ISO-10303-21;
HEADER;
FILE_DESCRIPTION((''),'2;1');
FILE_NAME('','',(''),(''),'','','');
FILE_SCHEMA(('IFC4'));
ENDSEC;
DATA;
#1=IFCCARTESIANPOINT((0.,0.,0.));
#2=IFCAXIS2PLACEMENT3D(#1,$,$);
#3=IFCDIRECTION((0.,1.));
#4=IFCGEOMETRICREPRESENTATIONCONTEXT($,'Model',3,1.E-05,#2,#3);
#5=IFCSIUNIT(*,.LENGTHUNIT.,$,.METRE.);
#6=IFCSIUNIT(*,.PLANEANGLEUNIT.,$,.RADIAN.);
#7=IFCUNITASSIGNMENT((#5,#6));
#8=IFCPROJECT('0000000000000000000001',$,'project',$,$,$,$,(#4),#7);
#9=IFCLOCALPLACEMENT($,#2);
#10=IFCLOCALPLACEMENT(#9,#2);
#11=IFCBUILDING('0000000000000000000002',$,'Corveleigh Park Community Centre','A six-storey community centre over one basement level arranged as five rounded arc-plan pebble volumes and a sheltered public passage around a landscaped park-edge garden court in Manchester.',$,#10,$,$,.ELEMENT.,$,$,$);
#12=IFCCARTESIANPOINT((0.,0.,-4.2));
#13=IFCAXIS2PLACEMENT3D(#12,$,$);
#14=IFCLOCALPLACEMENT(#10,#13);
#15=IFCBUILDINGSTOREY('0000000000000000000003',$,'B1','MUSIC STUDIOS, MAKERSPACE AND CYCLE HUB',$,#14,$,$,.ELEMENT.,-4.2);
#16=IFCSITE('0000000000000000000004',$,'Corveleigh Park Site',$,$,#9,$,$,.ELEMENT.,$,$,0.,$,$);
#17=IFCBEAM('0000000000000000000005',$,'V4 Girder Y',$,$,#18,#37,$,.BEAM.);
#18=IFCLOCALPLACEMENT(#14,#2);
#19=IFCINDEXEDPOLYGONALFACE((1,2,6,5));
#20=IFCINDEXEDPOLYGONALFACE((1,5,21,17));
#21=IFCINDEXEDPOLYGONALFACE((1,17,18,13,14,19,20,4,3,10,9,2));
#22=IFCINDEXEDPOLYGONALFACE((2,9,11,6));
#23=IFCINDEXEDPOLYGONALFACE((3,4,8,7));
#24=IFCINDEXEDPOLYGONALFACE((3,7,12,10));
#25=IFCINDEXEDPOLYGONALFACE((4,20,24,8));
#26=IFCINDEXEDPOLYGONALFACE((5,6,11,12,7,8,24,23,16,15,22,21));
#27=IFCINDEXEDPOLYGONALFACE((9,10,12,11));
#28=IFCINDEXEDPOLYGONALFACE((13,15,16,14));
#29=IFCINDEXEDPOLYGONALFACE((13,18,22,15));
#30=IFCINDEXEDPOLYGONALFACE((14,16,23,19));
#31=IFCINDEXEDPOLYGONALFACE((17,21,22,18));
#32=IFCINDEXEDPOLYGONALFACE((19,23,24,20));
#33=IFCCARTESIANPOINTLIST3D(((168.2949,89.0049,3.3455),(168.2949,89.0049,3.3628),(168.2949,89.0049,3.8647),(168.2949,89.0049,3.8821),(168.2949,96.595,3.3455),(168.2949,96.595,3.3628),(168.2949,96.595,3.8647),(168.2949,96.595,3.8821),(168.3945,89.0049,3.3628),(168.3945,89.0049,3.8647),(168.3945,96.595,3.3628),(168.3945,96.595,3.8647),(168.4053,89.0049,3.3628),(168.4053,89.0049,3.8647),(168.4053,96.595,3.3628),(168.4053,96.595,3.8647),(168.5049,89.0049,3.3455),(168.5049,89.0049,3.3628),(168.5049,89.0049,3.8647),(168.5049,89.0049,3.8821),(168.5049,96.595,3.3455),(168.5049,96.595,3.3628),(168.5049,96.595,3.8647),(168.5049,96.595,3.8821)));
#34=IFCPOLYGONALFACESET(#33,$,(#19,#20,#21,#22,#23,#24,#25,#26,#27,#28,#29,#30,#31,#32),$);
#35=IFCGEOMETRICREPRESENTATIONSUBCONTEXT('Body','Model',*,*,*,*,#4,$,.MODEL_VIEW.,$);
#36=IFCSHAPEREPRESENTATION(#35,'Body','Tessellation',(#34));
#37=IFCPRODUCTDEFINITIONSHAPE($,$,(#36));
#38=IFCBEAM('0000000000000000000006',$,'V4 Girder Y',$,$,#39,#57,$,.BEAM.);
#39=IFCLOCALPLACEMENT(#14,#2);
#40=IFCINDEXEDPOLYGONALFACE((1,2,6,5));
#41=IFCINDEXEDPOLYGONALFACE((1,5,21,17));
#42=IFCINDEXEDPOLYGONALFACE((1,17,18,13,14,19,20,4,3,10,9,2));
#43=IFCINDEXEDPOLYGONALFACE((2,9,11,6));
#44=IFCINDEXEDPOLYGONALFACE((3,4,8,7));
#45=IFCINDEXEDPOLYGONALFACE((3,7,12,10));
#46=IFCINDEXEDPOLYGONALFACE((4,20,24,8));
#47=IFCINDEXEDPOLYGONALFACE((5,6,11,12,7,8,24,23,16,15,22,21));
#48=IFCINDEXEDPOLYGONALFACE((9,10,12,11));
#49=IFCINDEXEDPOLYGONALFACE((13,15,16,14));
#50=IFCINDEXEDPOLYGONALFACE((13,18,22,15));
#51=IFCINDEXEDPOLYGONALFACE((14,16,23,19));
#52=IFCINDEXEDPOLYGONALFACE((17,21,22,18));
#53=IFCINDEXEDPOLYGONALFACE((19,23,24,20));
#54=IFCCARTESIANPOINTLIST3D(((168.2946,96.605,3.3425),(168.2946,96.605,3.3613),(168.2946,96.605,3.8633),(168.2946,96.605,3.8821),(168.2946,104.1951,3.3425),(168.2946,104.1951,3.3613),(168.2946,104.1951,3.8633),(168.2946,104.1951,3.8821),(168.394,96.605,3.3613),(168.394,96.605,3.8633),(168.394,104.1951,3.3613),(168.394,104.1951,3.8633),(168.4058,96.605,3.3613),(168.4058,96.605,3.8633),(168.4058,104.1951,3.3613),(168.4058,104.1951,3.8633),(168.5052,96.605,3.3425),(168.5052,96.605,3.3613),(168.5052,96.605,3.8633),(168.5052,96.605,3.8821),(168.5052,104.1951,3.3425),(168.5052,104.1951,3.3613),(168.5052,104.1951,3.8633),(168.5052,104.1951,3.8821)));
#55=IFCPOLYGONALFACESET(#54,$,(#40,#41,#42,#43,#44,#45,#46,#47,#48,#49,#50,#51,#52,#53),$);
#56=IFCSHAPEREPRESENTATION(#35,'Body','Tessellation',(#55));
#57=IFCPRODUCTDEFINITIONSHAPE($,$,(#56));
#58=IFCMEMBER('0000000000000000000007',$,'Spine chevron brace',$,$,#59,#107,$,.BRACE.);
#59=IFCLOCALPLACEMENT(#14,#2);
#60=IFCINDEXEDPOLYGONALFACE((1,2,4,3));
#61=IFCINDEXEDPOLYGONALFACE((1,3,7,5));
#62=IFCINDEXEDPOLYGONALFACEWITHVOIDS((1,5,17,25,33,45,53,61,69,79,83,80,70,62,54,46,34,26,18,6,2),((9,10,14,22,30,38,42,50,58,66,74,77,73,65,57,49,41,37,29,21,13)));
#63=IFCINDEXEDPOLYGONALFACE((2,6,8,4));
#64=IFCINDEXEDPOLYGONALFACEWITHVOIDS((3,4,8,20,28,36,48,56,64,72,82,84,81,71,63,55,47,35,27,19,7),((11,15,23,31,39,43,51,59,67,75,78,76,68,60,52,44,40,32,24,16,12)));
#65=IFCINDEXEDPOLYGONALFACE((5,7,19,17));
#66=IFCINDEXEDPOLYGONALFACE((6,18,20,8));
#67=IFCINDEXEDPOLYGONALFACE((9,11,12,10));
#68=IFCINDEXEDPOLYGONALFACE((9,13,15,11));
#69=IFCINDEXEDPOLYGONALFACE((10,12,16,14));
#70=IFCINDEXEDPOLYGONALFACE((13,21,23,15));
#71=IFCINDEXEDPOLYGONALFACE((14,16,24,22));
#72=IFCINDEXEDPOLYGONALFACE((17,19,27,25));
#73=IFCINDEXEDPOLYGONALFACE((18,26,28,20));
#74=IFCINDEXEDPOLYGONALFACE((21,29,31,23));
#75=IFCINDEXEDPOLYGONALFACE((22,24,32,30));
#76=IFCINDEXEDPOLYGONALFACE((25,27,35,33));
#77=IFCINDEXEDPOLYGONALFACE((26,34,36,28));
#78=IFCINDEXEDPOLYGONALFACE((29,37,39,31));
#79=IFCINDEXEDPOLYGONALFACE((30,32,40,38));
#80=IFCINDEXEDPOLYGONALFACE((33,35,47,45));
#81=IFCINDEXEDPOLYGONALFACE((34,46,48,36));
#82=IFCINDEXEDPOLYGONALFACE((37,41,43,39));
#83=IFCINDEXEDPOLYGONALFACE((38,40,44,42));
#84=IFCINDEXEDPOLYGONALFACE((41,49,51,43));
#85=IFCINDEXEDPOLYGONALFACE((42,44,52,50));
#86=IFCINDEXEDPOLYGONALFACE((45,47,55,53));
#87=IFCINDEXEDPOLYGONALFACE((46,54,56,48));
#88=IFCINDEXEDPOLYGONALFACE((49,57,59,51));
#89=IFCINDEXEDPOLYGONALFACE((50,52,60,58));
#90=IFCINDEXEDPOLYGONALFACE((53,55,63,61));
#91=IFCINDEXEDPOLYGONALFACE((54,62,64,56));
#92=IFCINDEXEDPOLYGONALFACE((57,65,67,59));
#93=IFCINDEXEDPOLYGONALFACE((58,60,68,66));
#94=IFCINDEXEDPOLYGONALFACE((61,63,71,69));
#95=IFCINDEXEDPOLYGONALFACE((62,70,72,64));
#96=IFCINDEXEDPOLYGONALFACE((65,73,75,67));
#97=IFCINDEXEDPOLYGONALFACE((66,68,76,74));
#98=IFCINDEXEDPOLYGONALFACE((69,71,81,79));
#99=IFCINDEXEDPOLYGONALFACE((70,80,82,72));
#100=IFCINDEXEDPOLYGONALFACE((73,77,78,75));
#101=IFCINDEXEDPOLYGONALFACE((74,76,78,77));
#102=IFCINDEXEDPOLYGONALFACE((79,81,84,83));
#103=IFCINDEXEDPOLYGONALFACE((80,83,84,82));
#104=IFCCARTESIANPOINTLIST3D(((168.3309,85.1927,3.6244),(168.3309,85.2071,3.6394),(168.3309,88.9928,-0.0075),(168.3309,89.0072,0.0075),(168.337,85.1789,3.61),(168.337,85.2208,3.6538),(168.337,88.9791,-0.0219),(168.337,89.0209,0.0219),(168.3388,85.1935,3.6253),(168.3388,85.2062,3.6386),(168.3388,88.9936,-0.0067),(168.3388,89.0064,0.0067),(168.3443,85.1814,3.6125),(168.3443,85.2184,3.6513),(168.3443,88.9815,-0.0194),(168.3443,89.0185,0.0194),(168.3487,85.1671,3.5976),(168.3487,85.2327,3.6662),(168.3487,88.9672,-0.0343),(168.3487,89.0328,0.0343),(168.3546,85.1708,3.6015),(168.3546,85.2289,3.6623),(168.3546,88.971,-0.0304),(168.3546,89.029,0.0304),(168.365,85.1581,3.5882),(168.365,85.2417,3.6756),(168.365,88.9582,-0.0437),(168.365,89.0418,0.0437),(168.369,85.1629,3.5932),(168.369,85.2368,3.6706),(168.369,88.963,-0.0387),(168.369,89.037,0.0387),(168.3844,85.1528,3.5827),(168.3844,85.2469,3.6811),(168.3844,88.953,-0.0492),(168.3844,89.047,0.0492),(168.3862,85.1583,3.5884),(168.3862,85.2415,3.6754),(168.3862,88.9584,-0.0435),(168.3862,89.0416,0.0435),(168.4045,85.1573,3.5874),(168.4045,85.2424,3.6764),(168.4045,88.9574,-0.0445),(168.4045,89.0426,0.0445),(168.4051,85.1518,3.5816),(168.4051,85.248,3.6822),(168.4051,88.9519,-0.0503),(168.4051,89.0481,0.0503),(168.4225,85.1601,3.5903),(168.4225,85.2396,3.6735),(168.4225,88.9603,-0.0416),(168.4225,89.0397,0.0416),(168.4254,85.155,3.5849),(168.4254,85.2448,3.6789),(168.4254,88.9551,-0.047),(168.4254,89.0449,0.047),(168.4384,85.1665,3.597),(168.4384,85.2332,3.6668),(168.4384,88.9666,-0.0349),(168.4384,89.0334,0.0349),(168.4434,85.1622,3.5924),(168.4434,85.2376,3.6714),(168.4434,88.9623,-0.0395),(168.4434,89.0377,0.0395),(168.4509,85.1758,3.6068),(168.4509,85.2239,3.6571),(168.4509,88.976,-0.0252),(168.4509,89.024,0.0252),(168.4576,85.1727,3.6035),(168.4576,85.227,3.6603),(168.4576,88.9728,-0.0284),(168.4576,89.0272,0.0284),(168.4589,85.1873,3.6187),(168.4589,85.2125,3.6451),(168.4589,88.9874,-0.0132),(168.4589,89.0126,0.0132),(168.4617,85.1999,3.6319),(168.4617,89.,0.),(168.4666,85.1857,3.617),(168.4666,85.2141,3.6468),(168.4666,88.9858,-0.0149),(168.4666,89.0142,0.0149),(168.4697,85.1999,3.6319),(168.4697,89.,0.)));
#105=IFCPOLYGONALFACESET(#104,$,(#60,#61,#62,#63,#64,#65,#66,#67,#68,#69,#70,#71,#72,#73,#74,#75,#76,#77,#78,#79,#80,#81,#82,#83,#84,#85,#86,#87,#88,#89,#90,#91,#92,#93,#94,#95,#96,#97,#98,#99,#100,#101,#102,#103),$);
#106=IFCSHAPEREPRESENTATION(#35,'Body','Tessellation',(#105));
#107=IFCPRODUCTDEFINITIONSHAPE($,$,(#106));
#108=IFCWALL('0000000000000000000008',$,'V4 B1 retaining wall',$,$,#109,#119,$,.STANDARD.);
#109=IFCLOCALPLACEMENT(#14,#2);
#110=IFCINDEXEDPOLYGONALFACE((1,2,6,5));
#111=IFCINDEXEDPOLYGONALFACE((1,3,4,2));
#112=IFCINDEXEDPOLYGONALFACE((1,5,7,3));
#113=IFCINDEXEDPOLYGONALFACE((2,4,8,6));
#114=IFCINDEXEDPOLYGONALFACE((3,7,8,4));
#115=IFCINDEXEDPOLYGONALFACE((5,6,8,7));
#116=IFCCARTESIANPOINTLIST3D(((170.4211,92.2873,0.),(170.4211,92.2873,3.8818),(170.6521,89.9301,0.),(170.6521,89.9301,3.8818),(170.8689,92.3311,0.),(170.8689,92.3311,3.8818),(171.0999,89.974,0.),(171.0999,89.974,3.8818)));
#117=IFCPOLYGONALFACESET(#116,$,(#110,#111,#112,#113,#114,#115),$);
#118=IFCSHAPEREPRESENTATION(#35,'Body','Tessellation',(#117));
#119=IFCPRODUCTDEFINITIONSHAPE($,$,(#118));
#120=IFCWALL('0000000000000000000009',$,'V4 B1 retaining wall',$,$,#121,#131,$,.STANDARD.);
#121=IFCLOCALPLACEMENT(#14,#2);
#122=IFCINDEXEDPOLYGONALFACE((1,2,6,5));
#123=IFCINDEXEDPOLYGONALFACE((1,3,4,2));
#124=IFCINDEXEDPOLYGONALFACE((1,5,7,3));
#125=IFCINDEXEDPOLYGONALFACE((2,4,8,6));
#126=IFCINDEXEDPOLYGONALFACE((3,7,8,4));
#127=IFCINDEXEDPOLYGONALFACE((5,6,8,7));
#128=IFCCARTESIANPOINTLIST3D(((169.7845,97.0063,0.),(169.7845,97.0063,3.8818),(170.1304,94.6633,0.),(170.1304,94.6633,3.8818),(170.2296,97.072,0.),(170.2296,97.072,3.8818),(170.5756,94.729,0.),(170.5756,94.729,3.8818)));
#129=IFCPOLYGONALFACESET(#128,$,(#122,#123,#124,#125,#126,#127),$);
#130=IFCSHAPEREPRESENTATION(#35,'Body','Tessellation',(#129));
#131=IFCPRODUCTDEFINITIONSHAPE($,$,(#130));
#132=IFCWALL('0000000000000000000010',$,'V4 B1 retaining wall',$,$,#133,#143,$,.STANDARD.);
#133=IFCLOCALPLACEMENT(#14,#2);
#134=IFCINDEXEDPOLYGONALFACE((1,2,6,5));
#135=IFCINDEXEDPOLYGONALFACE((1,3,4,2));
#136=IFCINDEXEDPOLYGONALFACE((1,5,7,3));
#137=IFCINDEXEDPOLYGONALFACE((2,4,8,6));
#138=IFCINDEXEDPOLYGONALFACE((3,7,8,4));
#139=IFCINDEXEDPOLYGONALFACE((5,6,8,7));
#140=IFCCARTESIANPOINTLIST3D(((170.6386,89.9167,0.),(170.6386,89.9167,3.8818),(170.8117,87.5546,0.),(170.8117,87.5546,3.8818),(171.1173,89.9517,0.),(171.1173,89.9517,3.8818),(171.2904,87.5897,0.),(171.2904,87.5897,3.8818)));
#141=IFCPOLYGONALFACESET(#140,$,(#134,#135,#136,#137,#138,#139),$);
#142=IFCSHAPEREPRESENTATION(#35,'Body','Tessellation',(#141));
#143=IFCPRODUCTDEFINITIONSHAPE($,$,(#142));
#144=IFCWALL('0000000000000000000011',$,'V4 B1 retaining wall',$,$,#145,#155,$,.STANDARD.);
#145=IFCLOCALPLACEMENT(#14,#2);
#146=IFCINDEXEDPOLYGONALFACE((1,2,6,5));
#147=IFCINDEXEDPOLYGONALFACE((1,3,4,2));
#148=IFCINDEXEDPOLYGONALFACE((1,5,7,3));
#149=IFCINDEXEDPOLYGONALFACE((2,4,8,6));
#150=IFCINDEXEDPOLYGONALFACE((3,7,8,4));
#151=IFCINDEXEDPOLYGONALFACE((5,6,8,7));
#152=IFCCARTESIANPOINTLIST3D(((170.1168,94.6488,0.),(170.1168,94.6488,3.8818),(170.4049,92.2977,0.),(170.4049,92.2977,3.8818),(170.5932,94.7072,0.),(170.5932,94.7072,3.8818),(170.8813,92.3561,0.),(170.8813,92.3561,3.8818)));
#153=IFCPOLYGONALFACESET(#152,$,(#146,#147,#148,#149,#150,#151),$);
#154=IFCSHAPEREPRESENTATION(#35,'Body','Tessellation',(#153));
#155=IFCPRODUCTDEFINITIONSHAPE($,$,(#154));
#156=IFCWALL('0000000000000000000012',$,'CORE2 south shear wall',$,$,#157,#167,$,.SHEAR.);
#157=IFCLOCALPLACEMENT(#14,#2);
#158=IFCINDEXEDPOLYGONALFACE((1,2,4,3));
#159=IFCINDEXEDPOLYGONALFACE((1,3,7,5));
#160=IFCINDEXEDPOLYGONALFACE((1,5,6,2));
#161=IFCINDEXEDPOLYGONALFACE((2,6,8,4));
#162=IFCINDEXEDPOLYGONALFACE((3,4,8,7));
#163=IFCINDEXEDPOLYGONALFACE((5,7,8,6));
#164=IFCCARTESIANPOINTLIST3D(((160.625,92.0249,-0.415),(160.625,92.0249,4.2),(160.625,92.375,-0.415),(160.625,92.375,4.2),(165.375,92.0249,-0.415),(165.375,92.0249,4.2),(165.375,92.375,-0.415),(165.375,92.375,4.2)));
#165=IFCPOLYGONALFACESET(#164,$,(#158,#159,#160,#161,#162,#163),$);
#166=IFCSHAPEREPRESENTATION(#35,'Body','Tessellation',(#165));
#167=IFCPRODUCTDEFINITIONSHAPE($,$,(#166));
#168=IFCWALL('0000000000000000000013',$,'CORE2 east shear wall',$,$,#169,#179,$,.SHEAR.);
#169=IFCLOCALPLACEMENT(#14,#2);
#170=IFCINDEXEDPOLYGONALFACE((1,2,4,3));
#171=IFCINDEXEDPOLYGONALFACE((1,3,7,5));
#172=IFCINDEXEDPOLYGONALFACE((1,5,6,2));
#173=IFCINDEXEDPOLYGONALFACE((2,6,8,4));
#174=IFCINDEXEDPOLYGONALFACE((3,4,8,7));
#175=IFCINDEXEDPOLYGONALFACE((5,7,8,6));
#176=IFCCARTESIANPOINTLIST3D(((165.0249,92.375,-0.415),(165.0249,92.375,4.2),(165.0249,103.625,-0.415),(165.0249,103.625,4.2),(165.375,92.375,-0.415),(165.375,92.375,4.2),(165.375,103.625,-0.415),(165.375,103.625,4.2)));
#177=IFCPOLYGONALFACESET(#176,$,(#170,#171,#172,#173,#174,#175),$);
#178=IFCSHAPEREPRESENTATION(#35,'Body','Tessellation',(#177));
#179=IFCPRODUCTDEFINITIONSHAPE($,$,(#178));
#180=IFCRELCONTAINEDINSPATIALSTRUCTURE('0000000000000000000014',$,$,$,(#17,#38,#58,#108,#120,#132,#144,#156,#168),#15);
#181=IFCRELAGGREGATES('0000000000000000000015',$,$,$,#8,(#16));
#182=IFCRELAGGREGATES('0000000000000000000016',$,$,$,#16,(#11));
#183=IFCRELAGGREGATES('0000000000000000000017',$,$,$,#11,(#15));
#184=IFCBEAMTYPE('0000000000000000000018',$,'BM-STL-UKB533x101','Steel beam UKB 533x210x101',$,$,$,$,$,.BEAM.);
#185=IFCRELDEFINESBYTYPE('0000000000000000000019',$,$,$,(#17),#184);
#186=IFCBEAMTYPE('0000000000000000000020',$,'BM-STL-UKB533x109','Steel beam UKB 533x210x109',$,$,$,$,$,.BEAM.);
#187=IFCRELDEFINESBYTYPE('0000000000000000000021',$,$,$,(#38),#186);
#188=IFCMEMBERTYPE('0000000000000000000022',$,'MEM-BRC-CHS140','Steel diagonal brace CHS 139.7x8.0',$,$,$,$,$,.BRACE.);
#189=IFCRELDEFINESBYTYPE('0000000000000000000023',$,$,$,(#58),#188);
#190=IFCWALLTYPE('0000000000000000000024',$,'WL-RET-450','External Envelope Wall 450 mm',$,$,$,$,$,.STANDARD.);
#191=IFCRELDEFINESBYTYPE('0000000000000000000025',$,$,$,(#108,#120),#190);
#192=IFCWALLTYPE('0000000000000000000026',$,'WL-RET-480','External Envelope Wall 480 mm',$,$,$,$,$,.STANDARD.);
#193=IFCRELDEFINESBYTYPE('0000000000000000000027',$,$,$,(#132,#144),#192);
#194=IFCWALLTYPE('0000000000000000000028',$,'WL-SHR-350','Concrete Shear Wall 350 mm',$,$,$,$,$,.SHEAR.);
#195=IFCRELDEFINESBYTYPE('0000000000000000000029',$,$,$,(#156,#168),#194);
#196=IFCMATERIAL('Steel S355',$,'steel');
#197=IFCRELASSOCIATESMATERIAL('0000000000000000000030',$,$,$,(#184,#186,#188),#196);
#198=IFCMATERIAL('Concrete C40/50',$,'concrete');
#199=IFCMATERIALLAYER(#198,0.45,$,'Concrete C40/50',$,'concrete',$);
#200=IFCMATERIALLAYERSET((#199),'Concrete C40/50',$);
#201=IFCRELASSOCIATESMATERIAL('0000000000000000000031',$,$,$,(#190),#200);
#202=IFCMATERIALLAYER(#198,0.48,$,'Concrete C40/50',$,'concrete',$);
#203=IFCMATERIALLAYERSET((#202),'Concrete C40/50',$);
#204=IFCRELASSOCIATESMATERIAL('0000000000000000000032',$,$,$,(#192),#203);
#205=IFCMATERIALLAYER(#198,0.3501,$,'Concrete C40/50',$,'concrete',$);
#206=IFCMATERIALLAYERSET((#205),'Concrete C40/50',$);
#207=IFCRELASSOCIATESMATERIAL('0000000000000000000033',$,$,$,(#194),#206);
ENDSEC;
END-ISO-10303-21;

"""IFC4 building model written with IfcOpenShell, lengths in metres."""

from ifc_helpers import new_model, si_unit, direction, frame, frame_2d, origin, origin_2d, place, context, subcontext, project, spatial, rectangle, hollow_circle, i_section, extrude, material, layer, layer_set, material_profile, profile_set, type_object, element, save


model = new_model("IFC4")

# Units and contexts
model_context = context("Model", 3, precision=1e-05, world=origin(), true_north=direction((0.0, 1.0)))
body_context = subcontext(model_context, "Body", "Model", "MODEL_VIEW")
ifc_project = project(units=[si_unit("LENGTHUNIT", "METRE"), si_unit("PLANEANGLEUNIT", "RADIAN")], contexts=[model_context])

# Site, building, storey
site_placement = place(None, origin())
site = spatial("IfcSite", under=ifc_project, at=site_placement, Name="Corveleigh Park Site", CompositionType="ELEMENT", RefElevation=0.0)
building_placement = place(site_placement, origin())
building = spatial("IfcBuilding", under=site, at=building_placement, Name="Corveleigh Park Community Centre", Description="A six-storey community centre over one basement level arranged as five rounded arc-plan pebble volumes and a sheltered public passage around a landscaped park-edge garden court in Manchester.", CompositionType="ELEMENT")
storey_placement = place(building_placement, frame((0.0, 0.0, -4.2)))
storey = spatial("IfcBuildingStorey", under=building, at=storey_placement, Name="B1", Description="MUSIC STUDIOS, MAKERSPACE AND CYCLE HUB", CompositionType="ELEMENT", Elevation=-4.2)

# Shared definitions
ifc_material_1 = material(Name="Concrete C40/50", Category="concrete")

# Shared definitions
ifc_material_2 = material(Name="Steel S355", Category="steel")

# Beams
ifc_material_profile_1 = material_profile(ifc_material_2, i_section(OverallWidth=0.21, OverallDepth=0.5366, WebThickness=0.0107, FlangeThickness=0.0173, at=origin_2d()), Name="UKB 533x210x101", Category="steel")
ifc_profile_set_1 = profile_set([ifc_material_profile_1], Name="Steel S355")
beam_type_1 = type_object("IfcBeamType", Name="BM-STL-UKB533x101", Description="Steel beam UKB 533x210x101", PredefinedType="BEAM", material=ifc_profile_set_1)
beam_1_placement = place(storey_placement, frame((168.3999, 89.0049, 3.6138), z_axis=(0.0, 1.0, 0.0), x_axis=(-1.0, 0.0, 0.0)))
element("IfcBeam", 1, at=beam_1_placement, inside=storey, type_object=beam_type_1, Name="V4 Girder Y", PredefinedType="BEAM", context=body_context, shape_type="SweptSolid", body=[
    extrude(i_section(OverallWidth=0.21, OverallDepth=0.5366, WebThickness=0.0107, FlangeThickness=0.0173, at=origin_2d()), origin(), (0.0, 0.0, 1.0), 7.5901),
])
ifc_material_profile_2 = material_profile(ifc_material_2, i_section(OverallWidth=0.2107, OverallDepth=0.5396, WebThickness=0.0117, FlangeThickness=0.0188, at=origin_2d()), Name="UKB 533x210x109", Category="steel")
ifc_profile_set_2 = profile_set([ifc_material_profile_2], Name="Steel S355")
beam_type_2 = type_object("IfcBeamType", Name="BM-STL-UKB533x109", Description="Steel beam UKB 533x210x109", PredefinedType="BEAM", material=ifc_profile_set_2)
beam_2_placement = place(storey_placement, frame((168.3999, 96.605, 3.6123), z_axis=(0.0, 1.0, 0.0), x_axis=(-1.0, 0.0, 0.0)))
element("IfcBeam", 2, at=beam_2_placement, inside=storey, type_object=beam_type_2, Name="V4 Girder Y", PredefinedType="BEAM", context=body_context, shape_type="SweptSolid", body=[
    extrude(i_section(OverallWidth=0.2107, OverallDepth=0.5396, WebThickness=0.0117, FlangeThickness=0.0188, at=origin_2d()), origin(), (0.0, 0.0, 1.0), 7.5901),
])

# Member
ifc_material_profile_3 = material_profile(ifc_material_2, hollow_circle(Radius=0.0698, WallThickness=0.0081, at=origin_2d()), Name="CHS 139.7x8.0", Category="steel")
ifc_profile_set_3 = profile_set([ifc_material_profile_3], Name="Steel S355")
member_type = type_object("IfcMemberType", Name="MEM-BRC-CHS140", Description="Steel diagonal brace CHS 139.7x8.0", PredefinedType="BRACE", material=ifc_profile_set_3)
member_placement = place(storey_placement, frame((168.3999, 89.0, 0.0), z_axis=(0.0, -0.722926, 0.690925), x_axis=(1.0, 0.0, 0.0)))
element("IfcMember", 3, at=member_placement, inside=storey, type_object=member_type, Name="Spine chevron brace", PredefinedType="BRACE", context=body_context, shape_type="SweptSolid", body=[
    extrude(hollow_circle(Radius=0.0698, WallThickness=0.0081, at=origin_2d()), origin(), (0.0, 0.0, 1.0), 5.2566),
])

# Walls
ifc_layer_1 = layer(ifc_material_1, 0.45, Name="Concrete C40/50", Category="concrete")
ifc_layer_set_1 = layer_set([ifc_layer_1], Name="Concrete C40/50")
wall_type_1 = type_object("IfcWallType", Name="WL-RET-450", Description="External Envelope Wall 450 mm", PredefinedType="STANDARD", material=ifc_layer_set_1)
for number, where, z_axis, x_axis, name in (
    (4, (170.645, 92.3091, 0.0), (0.0, 0.0, 1.0), (0.097513, -0.995234, 0.0), "V4 B1 retaining wall"),
    (5, (170.0071, 97.0391, 0.0), (0.0, 0.0, 1.0), (0.146067, -0.989275, 0.0), "V4 B1 retaining wall"),
):
    element("IfcWall", number, at=place(storey_placement, frame(where, z_axis=z_axis, x_axis=x_axis)), inside=storey, type_object=wall_type_1, Name=name, PredefinedType="STANDARD", context=body_context, shape_type="SweptSolid", body=[
        extrude(rectangle(XDim=2.3684, YDim=0.45, at=frame_2d((1.1841, 0.0))), origin(), (0.0, 0.0, 1.0), 3.8818),
    ])
ifc_layer_2 = layer(ifc_material_1, 0.48, Name="Concrete C40/50", Category="concrete")
ifc_layer_set_2 = layer_set([ifc_layer_2], Name="Concrete C40/50")
wall_type_2 = type_object("IfcWallType", Name="WL-RET-480", Description="External Envelope Wall 480 mm", PredefinedType="STANDARD", material=ifc_layer_set_2)
wall_1_placement = place(storey_placement, frame((170.8779, 89.9341, 0.0), z_axis=(0.0, 0.0, 1.0), x_axis=(0.073086, -0.997326, 0.0)))
element("IfcWall", 6, at=wall_1_placement, inside=storey, type_object=wall_type_2, Name="V4 B1 retaining wall", PredefinedType="STANDARD", context=body_context, shape_type="SweptSolid", body=[
    extrude(rectangle(XDim=2.3684, YDim=0.48, at=frame_2d((1.1841, 0.0))), origin(), (0.0, 0.0, 1.0), 3.8818),
])
wall_2_placement = place(storey_placement, frame((170.355, 94.678, 0.0), z_axis=(0.0, 0.0, 1.0), x_axis=(0.121624, -0.992576, 0.0)))
element("IfcWall", 7, at=wall_2_placement, inside=storey, type_object=wall_type_2, Name="V4 B1 retaining wall", PredefinedType="STANDARD", context=body_context, shape_type="SweptSolid", body=[
    extrude(rectangle(XDim=2.3687, YDim=0.48, at=frame_2d((1.1843, 0.0))), origin(), (0.0, 0.0, 1.0), 3.8818),
])
ifc_layer_3 = layer(ifc_material_1, 0.3501, Name="Concrete C40/50", Category="concrete")
ifc_layer_set_3 = layer_set([ifc_layer_3], Name="Concrete C40/50")
wall_type_3 = type_object("IfcWallType", Name="WL-SHR-350", Description="Concrete Shear Wall 350 mm", PredefinedType="SHEAR", material=ifc_layer_set_3)
wall_3_placement = place(storey_placement, frame((160.625, 92.2, -0.415), z_axis=(0.0, 0.0, 1.0), x_axis=(1.0, 0.0, 0.0)))
element("IfcWall", 8, at=wall_3_placement, inside=storey, type_object=wall_type_3, Name="CORE2 south shear wall", PredefinedType="SHEAR", context=body_context, shape_type="SweptSolid", body=[
    extrude(rectangle(XDim=4.75, YDim=0.3501, at=frame_2d((2.375, 0.0))), origin(), (0.0, 0.0, 1.0), 4.615),
])
wall_4_placement = place(storey_placement, frame((165.2, 92.375, -0.415), z_axis=(0.0, 0.0, 1.0), x_axis=(0.0, 1.0, 0.0)))
element("IfcWall", 9, at=wall_4_placement, inside=storey, type_object=wall_type_3, Name="CORE2 east shear wall", PredefinedType="SHEAR", context=body_context, shape_type="SweptSolid", body=[
    extrude(rectangle(XDim=11.25, YDim=0.3501, at=frame_2d((5.625, 0.0))), origin(), (0.0, 0.0, 1.0), 4.615),
])

save(model, "model.ifc")
